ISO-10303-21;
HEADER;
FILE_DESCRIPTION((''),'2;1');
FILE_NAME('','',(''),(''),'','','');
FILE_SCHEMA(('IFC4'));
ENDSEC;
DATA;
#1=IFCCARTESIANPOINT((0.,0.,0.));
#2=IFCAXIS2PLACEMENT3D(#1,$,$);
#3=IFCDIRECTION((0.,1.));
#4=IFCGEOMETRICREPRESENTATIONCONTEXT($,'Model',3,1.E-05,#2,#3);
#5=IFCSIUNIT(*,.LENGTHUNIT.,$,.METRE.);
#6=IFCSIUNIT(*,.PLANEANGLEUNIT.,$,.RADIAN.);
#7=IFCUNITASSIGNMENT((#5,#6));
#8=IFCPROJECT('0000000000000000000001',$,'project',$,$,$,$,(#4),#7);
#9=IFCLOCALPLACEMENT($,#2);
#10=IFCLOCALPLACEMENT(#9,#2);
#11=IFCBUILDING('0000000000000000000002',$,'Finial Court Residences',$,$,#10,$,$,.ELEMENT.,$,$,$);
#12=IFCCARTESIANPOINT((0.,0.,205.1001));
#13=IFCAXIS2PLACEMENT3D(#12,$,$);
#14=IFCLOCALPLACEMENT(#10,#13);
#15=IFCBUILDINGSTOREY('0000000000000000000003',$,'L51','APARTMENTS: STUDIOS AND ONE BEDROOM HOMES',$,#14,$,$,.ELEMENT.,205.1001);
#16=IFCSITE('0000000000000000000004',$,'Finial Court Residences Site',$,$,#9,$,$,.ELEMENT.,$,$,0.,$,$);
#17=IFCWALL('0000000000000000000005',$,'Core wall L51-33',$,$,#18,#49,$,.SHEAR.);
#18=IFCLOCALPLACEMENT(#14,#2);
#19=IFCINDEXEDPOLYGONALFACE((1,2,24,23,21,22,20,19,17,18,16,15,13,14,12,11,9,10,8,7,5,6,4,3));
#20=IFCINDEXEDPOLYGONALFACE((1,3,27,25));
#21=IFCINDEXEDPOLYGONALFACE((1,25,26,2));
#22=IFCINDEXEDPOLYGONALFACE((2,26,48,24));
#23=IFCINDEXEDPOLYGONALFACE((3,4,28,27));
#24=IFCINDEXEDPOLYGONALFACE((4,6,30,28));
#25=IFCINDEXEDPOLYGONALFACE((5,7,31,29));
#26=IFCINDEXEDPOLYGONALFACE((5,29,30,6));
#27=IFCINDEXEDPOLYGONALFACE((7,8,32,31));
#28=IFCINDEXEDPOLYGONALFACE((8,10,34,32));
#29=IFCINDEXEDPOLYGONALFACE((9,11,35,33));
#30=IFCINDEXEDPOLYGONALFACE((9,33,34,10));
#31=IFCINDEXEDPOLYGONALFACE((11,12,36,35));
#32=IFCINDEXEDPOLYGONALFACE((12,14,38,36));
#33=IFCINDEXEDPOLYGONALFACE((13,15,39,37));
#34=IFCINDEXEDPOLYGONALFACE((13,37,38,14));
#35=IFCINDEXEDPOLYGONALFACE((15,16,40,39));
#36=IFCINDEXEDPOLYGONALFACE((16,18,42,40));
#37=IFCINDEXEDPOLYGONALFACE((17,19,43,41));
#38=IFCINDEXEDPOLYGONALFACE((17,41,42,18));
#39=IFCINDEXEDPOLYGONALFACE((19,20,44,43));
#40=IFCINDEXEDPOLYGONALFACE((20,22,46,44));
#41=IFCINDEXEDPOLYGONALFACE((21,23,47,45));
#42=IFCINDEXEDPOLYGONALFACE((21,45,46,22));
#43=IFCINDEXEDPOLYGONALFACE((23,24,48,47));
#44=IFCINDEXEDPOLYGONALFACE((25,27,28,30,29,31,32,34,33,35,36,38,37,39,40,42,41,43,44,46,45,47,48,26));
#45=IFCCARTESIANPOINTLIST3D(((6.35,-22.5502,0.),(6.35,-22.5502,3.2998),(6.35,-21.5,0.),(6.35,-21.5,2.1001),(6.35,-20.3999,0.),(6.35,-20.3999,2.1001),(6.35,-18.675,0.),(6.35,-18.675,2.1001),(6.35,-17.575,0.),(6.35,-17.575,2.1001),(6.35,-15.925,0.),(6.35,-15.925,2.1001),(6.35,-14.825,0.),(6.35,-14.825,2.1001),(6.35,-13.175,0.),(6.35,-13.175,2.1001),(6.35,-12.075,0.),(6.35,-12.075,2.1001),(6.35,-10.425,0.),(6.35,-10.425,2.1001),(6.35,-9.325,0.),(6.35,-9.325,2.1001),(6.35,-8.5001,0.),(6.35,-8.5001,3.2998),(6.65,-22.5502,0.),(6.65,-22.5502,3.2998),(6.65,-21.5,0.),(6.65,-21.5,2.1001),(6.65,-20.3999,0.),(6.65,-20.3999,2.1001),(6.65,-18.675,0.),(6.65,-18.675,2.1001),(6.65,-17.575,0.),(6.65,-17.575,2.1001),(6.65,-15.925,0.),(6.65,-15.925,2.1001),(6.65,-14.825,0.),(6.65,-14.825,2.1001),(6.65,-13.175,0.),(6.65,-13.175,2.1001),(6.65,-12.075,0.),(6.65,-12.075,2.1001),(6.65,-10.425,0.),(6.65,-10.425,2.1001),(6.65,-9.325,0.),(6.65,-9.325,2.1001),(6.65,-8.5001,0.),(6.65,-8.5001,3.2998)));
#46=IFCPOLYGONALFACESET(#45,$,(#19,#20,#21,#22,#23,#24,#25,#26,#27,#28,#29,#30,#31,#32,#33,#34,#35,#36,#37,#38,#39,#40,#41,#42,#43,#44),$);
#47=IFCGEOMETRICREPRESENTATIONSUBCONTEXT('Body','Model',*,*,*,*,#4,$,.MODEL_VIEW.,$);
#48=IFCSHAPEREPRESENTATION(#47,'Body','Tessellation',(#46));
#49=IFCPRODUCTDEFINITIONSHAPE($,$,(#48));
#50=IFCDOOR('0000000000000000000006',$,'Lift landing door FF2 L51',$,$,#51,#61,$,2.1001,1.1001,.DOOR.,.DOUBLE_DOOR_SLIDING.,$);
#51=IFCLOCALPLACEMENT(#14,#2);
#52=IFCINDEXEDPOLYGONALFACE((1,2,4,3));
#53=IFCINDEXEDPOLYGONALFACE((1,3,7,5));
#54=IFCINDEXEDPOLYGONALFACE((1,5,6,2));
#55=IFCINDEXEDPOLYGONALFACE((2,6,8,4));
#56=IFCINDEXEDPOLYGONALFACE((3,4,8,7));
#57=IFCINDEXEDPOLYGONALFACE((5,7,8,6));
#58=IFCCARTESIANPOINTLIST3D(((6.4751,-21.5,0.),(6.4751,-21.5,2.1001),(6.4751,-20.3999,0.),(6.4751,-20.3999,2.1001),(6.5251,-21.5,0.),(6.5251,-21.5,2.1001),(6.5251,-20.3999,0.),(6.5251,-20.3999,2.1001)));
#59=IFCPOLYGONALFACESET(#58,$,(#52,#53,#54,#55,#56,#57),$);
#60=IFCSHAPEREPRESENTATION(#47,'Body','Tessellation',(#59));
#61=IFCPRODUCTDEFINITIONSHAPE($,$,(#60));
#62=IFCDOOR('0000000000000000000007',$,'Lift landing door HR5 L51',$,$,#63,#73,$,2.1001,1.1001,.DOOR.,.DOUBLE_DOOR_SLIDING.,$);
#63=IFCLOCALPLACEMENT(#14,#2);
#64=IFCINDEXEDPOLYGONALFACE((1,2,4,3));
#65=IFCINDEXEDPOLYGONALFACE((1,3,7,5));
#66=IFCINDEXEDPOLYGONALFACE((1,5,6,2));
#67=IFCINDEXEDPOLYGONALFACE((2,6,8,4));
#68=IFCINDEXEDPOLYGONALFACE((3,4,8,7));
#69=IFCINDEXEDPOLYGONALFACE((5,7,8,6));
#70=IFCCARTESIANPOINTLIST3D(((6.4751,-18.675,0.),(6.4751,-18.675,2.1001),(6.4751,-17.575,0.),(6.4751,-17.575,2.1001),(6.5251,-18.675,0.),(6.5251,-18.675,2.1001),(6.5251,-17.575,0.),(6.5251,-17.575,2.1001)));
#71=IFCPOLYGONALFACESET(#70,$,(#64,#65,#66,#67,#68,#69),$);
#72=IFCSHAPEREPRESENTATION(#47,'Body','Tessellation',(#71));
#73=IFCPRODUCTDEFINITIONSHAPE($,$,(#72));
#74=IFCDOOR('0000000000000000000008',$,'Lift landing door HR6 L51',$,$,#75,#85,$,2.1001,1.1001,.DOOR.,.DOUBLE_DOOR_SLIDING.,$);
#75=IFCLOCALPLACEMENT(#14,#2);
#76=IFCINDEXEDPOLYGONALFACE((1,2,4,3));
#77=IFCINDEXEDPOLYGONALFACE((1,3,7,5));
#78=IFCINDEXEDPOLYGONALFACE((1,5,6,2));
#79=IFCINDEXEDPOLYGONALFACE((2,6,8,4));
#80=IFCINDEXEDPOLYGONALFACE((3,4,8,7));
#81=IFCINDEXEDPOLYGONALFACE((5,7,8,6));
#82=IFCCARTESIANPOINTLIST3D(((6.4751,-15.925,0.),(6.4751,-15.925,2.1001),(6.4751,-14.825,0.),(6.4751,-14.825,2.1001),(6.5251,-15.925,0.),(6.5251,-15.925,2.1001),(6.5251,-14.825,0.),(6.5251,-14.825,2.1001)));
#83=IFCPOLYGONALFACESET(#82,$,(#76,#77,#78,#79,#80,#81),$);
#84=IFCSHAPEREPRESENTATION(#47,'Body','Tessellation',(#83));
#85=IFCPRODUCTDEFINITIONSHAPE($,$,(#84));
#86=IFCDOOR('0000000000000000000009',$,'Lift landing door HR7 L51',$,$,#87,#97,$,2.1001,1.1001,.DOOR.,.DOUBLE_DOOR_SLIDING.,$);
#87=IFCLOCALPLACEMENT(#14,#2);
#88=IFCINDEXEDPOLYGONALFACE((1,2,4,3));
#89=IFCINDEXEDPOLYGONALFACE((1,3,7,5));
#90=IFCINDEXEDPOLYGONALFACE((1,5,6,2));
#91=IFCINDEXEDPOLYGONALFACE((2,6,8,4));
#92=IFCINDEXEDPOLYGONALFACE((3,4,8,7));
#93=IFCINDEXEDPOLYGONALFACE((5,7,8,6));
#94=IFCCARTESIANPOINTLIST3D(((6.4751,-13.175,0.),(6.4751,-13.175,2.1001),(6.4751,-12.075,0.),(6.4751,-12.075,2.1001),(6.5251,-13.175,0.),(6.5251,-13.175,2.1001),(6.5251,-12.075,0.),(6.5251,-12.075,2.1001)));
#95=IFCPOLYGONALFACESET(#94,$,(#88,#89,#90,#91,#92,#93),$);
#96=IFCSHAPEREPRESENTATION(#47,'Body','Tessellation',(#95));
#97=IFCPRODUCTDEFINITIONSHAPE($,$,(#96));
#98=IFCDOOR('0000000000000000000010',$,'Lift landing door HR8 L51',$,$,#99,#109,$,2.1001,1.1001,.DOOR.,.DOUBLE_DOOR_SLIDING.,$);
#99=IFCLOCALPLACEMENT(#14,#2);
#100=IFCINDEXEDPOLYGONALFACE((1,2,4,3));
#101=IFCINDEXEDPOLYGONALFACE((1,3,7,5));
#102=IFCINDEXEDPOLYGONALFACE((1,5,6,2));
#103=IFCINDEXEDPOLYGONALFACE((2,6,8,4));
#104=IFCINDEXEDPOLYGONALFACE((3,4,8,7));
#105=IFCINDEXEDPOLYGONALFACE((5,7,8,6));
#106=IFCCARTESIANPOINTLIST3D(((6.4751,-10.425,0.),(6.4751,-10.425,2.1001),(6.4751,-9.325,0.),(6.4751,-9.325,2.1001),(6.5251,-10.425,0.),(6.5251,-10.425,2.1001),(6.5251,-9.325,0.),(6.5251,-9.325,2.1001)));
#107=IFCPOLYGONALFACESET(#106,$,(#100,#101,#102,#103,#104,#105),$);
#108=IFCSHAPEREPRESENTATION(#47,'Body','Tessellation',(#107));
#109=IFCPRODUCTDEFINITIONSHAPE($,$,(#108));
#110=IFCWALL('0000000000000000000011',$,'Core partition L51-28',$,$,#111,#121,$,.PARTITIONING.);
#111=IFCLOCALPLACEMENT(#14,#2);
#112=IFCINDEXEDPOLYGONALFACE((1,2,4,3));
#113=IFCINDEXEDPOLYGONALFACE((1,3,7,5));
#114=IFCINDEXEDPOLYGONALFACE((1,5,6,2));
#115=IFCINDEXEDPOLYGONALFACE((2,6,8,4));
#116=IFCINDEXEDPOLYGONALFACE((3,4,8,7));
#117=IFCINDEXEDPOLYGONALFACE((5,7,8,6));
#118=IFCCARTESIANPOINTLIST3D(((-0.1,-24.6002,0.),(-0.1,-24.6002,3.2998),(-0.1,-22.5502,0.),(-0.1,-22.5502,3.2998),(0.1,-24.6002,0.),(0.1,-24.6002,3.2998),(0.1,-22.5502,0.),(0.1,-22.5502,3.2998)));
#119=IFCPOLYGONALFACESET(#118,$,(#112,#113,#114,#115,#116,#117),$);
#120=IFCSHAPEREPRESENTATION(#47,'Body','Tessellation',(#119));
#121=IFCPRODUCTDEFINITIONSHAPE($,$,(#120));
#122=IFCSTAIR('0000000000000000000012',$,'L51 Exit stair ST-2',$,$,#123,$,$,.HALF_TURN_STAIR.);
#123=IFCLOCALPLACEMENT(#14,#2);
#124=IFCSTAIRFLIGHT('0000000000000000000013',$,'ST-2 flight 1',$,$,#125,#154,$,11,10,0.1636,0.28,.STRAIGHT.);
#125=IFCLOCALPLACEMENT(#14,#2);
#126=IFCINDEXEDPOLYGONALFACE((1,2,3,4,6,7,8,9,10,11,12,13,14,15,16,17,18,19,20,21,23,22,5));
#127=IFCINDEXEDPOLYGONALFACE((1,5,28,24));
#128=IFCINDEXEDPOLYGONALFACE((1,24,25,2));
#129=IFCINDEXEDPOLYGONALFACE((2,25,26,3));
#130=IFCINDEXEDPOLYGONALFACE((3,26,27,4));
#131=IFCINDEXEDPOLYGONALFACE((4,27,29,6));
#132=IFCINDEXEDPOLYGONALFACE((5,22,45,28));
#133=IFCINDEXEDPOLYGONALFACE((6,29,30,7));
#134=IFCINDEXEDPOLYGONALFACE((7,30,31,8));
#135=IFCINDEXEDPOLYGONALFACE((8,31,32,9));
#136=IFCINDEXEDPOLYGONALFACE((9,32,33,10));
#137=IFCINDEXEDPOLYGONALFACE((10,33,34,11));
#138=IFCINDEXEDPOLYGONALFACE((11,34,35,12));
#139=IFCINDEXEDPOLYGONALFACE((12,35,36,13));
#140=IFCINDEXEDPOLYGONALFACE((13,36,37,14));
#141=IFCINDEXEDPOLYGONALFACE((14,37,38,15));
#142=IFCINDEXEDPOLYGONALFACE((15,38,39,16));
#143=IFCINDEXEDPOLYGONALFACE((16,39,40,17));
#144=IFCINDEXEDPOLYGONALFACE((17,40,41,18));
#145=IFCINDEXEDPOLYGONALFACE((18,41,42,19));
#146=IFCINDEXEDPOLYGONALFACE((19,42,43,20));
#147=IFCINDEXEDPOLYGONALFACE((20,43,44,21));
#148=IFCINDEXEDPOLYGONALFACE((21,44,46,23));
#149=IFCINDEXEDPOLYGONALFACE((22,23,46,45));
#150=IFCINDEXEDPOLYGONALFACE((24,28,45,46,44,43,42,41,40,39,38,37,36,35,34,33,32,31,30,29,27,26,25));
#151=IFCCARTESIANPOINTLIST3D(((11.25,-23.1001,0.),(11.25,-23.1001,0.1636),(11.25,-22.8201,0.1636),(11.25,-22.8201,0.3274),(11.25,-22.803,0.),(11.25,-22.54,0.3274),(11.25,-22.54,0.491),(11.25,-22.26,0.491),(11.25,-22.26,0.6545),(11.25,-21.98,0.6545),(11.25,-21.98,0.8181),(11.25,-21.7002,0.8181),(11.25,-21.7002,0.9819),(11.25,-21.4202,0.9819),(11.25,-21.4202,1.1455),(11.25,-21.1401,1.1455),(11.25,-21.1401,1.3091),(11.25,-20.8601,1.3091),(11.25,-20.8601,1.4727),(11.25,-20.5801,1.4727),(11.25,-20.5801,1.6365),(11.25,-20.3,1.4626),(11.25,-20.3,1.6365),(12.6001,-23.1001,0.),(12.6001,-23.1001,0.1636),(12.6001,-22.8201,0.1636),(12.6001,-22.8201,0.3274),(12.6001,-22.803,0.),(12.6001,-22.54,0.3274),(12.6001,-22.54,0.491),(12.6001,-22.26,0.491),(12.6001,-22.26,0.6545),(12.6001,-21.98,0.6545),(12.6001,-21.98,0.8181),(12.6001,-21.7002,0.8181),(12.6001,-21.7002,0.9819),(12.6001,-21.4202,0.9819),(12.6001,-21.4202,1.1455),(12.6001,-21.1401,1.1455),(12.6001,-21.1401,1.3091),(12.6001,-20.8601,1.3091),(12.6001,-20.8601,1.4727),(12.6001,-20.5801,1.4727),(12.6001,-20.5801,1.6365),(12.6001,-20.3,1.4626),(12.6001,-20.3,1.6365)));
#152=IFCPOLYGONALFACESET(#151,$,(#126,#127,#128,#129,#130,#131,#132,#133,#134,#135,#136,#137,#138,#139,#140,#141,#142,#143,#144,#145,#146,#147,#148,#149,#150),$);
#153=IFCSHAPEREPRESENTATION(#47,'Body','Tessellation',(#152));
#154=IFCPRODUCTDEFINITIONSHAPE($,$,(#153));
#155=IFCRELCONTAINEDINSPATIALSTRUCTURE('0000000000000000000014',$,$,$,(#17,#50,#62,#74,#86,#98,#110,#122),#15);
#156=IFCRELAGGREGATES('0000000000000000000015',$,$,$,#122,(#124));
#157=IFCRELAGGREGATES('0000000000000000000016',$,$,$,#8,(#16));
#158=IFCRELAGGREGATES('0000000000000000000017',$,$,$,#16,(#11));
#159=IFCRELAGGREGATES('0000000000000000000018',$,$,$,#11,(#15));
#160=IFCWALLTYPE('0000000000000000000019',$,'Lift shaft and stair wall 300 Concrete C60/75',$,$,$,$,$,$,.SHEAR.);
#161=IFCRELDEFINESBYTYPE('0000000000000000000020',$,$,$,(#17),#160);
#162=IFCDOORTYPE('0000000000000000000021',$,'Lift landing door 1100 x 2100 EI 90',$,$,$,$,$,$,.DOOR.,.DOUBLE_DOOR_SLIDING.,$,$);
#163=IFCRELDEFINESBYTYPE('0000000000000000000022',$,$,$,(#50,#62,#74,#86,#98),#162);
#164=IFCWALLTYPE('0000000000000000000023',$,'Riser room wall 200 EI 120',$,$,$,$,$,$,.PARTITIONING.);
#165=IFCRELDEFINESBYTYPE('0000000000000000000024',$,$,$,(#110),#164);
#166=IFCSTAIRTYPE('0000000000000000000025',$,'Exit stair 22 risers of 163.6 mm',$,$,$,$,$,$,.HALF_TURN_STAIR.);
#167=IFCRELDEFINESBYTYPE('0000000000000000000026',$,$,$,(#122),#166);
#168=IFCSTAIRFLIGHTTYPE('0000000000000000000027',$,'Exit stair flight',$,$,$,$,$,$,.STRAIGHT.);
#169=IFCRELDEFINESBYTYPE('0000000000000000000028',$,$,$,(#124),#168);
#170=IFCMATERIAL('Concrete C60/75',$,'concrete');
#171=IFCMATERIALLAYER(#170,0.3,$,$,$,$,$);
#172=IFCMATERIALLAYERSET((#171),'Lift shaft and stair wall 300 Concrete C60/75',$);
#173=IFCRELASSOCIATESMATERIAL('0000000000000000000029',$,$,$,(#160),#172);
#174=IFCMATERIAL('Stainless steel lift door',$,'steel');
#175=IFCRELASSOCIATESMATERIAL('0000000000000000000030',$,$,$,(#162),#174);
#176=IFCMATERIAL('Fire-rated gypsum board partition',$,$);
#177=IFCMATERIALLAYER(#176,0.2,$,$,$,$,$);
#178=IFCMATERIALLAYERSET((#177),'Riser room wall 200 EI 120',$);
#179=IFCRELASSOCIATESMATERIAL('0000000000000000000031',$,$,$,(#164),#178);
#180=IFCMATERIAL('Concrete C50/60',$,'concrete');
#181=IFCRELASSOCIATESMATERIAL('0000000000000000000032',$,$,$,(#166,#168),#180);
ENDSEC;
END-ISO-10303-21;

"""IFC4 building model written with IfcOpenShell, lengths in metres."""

from ifc_helpers import new_model, si_unit, direction, frame, frame_2d, origin, place, context, subcontext, project, spatial, polyline, rectangle, outline, extrude, material, layer, layer_set, type_object, element, fill, aggregate, save


model = new_model("IFC4")

# Units and contexts
model_context = context("Model", 3, precision=1e-05, world=origin(), true_north=direction((0.0, 1.0)))
body_context = subcontext(model_context, "Body", "Model", "MODEL_VIEW")
ifc_project = project(units=[si_unit("LENGTHUNIT", "METRE"), si_unit("PLANEANGLEUNIT", "RADIAN")], contexts=[model_context])

# Site, building, storey
site_placement = place(None, origin())
site = spatial("IfcSite", under=ifc_project, at=site_placement, Name="Finial Court Residences Site", CompositionType="ELEMENT", RefElevation=0.0)
building_placement = place(site_placement, origin())
building = spatial("IfcBuilding", under=site, at=building_placement, Name="Finial Court Residences", CompositionType="ELEMENT")
storey_placement = place(building_placement, frame((0.0, 0.0, 205.1001)))
storey = spatial("IfcBuildingStorey", under=building, at=storey_placement, Name="L51", Description="APARTMENTS: STUDIOS AND ONE BEDROOM HOMES", CompositionType="ELEMENT", Elevation=205.1001)

# Shared definitions
ifc_material_1 = material(Name="Concrete C60/75", Category="concrete")

# Shared definitions
ifc_material_2 = material(Name="Fire-rated gypsum board partition")

# Shared definitions
ifc_layer_1 = layer(ifc_material_1, 0.3)
ifc_layer_set_1 = layer_set([ifc_layer_1], Name="Lift shaft and stair wall 300 Concrete C60/75")
wall_type_1 = type_object("IfcWallType", Name="Lift shaft and stair wall 300 Concrete C60/75", PredefinedType="SHEAR", material=ifc_layer_set_1)

# Shared definitions
ifc_material_3 = material(Name="Stainless steel lift door", Category="steel")
door_type_1 = type_object("IfcDoorType", Name="Lift landing door 1100 x 2100 EI 90", OperationType="DOUBLE_DOOR_SLIDING", PredefinedType="DOOR", material=ifc_material_3)

# Wall, openings, doors
wall_1_placement = place(storey_placement, frame((6.5, -22.55, 0.0), z_axis=(0.0, 0.0, 1.0), x_axis=(0.0, 1.0, 0.0)))
wall_1 = element("IfcWall", 1, at=wall_1_placement, inside=storey, type_object=wall_type_1, Name="Core wall L51-33", PredefinedType="SHEAR", context=body_context, shape_type="SweptSolid", body=[
    extrude(rectangle(XDim=14.05, YDim=0.3, at=frame_2d((7.0249, 0.0))), origin(), (0.0, 0.0, 1.0), 3.2998),
])
opening_1_placement = place(wall_1_placement, frame((1.05, 0.0, 0.0)))
opening_1 = element("IfcOpeningElement", 2, at=opening_1_placement, cuts=wall_1, PredefinedType="OPENING", context=body_context, shape_type="SweptSolid", body=[
    extrude(rectangle(XDim=1.1001, YDim=2.1001, at=frame_2d((0.55, 1.05))), frame((0.0, 0.1599, 0.0), z_axis=(0.0, -1.0, 0.0), x_axis=(1.0, 0.0, 0.0)), (0.0, 0.0, 1.0), 0.3201),
])
opening_2_placement = place(wall_1_placement, frame((3.875, 0.0, 0.0)))
opening_2 = element("IfcOpeningElement", 3, at=opening_2_placement, cuts=wall_1, PredefinedType="OPENING", context=body_context, shape_type="SweptSolid", body=[
    extrude(rectangle(XDim=1.1001, YDim=2.1001, at=frame_2d((0.55, 1.05))), frame((0.0, 0.1599, 0.0), z_axis=(0.0, -1.0, 0.0), x_axis=(1.0, 0.0, 0.0)), (0.0, 0.0, 1.0), 0.3201),
])
opening_3_placement = place(wall_1_placement, frame((6.625, 0.0, 0.0)))
opening_3 = element("IfcOpeningElement", 4, at=opening_3_placement, cuts=wall_1, PredefinedType="OPENING", context=body_context, shape_type="SweptSolid", body=[
    extrude(rectangle(XDim=1.1001, YDim=2.1001, at=frame_2d((0.55, 1.05))), frame((0.0, 0.1599, 0.0), z_axis=(0.0, -1.0, 0.0), x_axis=(1.0, 0.0, 0.0)), (0.0, 0.0, 1.0), 0.3201),
])
opening_4_placement = place(wall_1_placement, frame((9.375, 0.0, 0.0)))
opening_4 = element("IfcOpeningElement", 5, at=opening_4_placement, cuts=wall_1, PredefinedType="OPENING", context=body_context, shape_type="SweptSolid", body=[
    extrude(rectangle(XDim=1.1001, YDim=2.1001, at=frame_2d((0.55, 1.05))), frame((0.0, 0.1599, 0.0), z_axis=(0.0, -1.0, 0.0), x_axis=(1.0, 0.0, 0.0)), (0.0, 0.0, 1.0), 0.3201),
])
opening_5_placement = place(wall_1_placement, frame((12.125, 0.0, 0.0)))
opening_5 = element("IfcOpeningElement", 6, at=opening_5_placement, cuts=wall_1, PredefinedType="OPENING", context=body_context, shape_type="SweptSolid", body=[
    extrude(rectangle(XDim=1.1001, YDim=2.1001, at=frame_2d((0.55, 1.05))), frame((0.0, 0.1599, 0.0), z_axis=(0.0, -1.0, 0.0), x_axis=(1.0, 0.0, 0.0)), (0.0, 0.0, 1.0), 0.3201),
])
door_1_placement = place(opening_1_placement, origin())
door_1 = element("IfcDoor", 7, at=door_1_placement, inside=storey, type_object=door_type_1, Name="Lift landing door FF2 L51", OperationType="DOUBLE_DOOR_SLIDING", OverallHeight=2.1001, OverallWidth=1.1001, PredefinedType="DOOR", context=body_context, shape_type="SweptSolid", body=[
    extrude(rectangle(XDim=1.1001, YDim=2.1001, at=frame_2d((0.55, 1.05))), frame((0.0, 0.0249, 0.0), z_axis=(0.0, -1.0, 0.0), x_axis=(1.0, 0.0, 0.0)), (0.0, 0.0, 1.0), 0.05),
])
fill(opening_1, door_1)
door_2_placement = place(opening_2_placement, origin())
door_2 = element("IfcDoor", 8, at=door_2_placement, inside=storey, type_object=door_type_1, Name="Lift landing door HR5 L51", OperationType="DOUBLE_DOOR_SLIDING", OverallHeight=2.1001, OverallWidth=1.1001, PredefinedType="DOOR", context=body_context, shape_type="SweptSolid", body=[
    extrude(rectangle(XDim=1.1001, YDim=2.1001, at=frame_2d((0.55, 1.05))), frame((0.0, 0.0249, 0.0), z_axis=(0.0, -1.0, 0.0), x_axis=(1.0, 0.0, 0.0)), (0.0, 0.0, 1.0), 0.05),
])
fill(opening_2, door_2)
door_3_placement = place(opening_3_placement, origin())
door_3 = element("IfcDoor", 9, at=door_3_placement, inside=storey, type_object=door_type_1, Name="Lift landing door HR6 L51", OperationType="DOUBLE_DOOR_SLIDING", OverallHeight=2.1001, OverallWidth=1.1001, PredefinedType="DOOR", context=body_context, shape_type="SweptSolid", body=[
    extrude(rectangle(XDim=1.1001, YDim=2.1001, at=frame_2d((0.55, 1.05))), frame((0.0, 0.0249, 0.0), z_axis=(0.0, -1.0, 0.0), x_axis=(1.0, 0.0, 0.0)), (0.0, 0.0, 1.0), 0.05),
])
fill(opening_3, door_3)
door_4_placement = place(opening_4_placement, origin())
door_4 = element("IfcDoor", 10, at=door_4_placement, inside=storey, type_object=door_type_1, Name="Lift landing door HR7 L51", OperationType="DOUBLE_DOOR_SLIDING", OverallHeight=2.1001, OverallWidth=1.1001, PredefinedType="DOOR", context=body_context, shape_type="SweptSolid", body=[
    extrude(rectangle(XDim=1.1001, YDim=2.1001, at=frame_2d((0.55, 1.05))), frame((0.0, 0.0249, 0.0), z_axis=(0.0, -1.0, 0.0), x_axis=(1.0, 0.0, 0.0)), (0.0, 0.0, 1.0), 0.05),
])
fill(opening_4, door_4)
door_5_placement = place(opening_5_placement, origin())
door_5 = element("IfcDoor", 11, at=door_5_placement, inside=storey, type_object=door_type_1, Name="Lift landing door HR8 L51", OperationType="DOUBLE_DOOR_SLIDING", OverallHeight=2.1001, OverallWidth=1.1001, PredefinedType="DOOR", context=body_context, shape_type="SweptSolid", body=[
    extrude(rectangle(XDim=1.1001, YDim=2.1001, at=frame_2d((0.55, 1.05))), frame((0.0, 0.0249, 0.0), z_axis=(0.0, -1.0, 0.0), x_axis=(1.0, 0.0, 0.0)), (0.0, 0.0, 1.0), 0.05),
])
fill(opening_5, door_5)

# Wall
ifc_layer_2 = layer(ifc_material_2, 0.2)
ifc_layer_set_2 = layer_set([ifc_layer_2], Name="Riser room wall 200 EI 120")
wall_type_2 = type_object("IfcWallType", Name="Riser room wall 200 EI 120", PredefinedType="PARTITIONING", material=ifc_layer_set_2)
wall_2_placement = place(storey_placement, frame((0.0, -24.6001, 0.0), z_axis=(0.0, 0.0, 1.0), x_axis=(0.0, 1.0, 0.0)))
element("IfcWall", 12, at=wall_2_placement, inside=storey, type_object=wall_type_2, Name="Core partition L51-28", PredefinedType="PARTITIONING", context=body_context, shape_type="SweptSolid", body=[
    extrude(rectangle(XDim=2.05, YDim=0.2, at=frame_2d((1.0249, 0.0))), origin(), (0.0, 0.0, 1.0), 3.2998),
])

# Stair, stair flight
ifc_material_4 = material(Name="Concrete C50/60", Category="concrete")
stair_type = type_object("IfcStairType", Name="Exit stair 22 risers of 163.6 mm", PredefinedType="HALF_TURN_STAIR", material=ifc_material_4)
stair_placement = place(storey_placement, origin())
stair = element("IfcStair", 13, at=stair_placement, inside=storey, type_object=stair_type, Name="L51 Exit stair ST-2", PredefinedType="HALF_TURN_STAIR")
stair_flight_type = type_object("IfcStairFlightType", Name="Exit stair flight", PredefinedType="STRAIGHT", material=ifc_material_4)
stair_flight_1_placement = place(storey_placement, frame((11.925, -23.1001, 0.0), z_axis=(0.0, 0.0, 1.0), x_axis=(0.0, 1.0, 0.0)))
stair_flight_1 = element("IfcStairFlight", 14, at=stair_flight_1_placement, type_object=stair_flight_type, Name="ST-2 flight 1", NumberOfRisers=11, NumberOfTreads=10, PredefinedType="STRAIGHT", RiserHeight=0.1636, TreadLength=0.28, context=body_context, shape_type="SweptSolid", body=[
    extrude(outline(polyline([(0.0, 0.0), (0.0, 0.1636), (0.28, 0.1636), (0.28, 0.3274), (0.5601, 0.3274), (0.5601, 0.491), (0.8401, 0.491), (0.8401, 0.6545), (1.1201, 0.6545), (1.1201, 0.8181), (1.3999, 0.8181), (1.3999, 0.9819), (1.6799, 0.9819), (1.6799, 1.1455), (1.96, 1.1455), (1.96, 1.3091), (2.24, 1.3091), (2.24, 1.4727), (2.52, 1.4727), (2.52, 1.6365), (2.8, 1.6365), (2.8, 1.8), (2.8, 1.4626), (0.2971, 0.0), (0.0, 0.0)])), frame((0.0, 0.675, 0.0), z_axis=(0.0, -1.0, 0.0), x_axis=(1.0, 0.0, 0.0)), (0.0, 0.0, 1.0), 1.3501),
])
aggregate(stair, [stair_flight_1])

save(model, "model.ifc")
